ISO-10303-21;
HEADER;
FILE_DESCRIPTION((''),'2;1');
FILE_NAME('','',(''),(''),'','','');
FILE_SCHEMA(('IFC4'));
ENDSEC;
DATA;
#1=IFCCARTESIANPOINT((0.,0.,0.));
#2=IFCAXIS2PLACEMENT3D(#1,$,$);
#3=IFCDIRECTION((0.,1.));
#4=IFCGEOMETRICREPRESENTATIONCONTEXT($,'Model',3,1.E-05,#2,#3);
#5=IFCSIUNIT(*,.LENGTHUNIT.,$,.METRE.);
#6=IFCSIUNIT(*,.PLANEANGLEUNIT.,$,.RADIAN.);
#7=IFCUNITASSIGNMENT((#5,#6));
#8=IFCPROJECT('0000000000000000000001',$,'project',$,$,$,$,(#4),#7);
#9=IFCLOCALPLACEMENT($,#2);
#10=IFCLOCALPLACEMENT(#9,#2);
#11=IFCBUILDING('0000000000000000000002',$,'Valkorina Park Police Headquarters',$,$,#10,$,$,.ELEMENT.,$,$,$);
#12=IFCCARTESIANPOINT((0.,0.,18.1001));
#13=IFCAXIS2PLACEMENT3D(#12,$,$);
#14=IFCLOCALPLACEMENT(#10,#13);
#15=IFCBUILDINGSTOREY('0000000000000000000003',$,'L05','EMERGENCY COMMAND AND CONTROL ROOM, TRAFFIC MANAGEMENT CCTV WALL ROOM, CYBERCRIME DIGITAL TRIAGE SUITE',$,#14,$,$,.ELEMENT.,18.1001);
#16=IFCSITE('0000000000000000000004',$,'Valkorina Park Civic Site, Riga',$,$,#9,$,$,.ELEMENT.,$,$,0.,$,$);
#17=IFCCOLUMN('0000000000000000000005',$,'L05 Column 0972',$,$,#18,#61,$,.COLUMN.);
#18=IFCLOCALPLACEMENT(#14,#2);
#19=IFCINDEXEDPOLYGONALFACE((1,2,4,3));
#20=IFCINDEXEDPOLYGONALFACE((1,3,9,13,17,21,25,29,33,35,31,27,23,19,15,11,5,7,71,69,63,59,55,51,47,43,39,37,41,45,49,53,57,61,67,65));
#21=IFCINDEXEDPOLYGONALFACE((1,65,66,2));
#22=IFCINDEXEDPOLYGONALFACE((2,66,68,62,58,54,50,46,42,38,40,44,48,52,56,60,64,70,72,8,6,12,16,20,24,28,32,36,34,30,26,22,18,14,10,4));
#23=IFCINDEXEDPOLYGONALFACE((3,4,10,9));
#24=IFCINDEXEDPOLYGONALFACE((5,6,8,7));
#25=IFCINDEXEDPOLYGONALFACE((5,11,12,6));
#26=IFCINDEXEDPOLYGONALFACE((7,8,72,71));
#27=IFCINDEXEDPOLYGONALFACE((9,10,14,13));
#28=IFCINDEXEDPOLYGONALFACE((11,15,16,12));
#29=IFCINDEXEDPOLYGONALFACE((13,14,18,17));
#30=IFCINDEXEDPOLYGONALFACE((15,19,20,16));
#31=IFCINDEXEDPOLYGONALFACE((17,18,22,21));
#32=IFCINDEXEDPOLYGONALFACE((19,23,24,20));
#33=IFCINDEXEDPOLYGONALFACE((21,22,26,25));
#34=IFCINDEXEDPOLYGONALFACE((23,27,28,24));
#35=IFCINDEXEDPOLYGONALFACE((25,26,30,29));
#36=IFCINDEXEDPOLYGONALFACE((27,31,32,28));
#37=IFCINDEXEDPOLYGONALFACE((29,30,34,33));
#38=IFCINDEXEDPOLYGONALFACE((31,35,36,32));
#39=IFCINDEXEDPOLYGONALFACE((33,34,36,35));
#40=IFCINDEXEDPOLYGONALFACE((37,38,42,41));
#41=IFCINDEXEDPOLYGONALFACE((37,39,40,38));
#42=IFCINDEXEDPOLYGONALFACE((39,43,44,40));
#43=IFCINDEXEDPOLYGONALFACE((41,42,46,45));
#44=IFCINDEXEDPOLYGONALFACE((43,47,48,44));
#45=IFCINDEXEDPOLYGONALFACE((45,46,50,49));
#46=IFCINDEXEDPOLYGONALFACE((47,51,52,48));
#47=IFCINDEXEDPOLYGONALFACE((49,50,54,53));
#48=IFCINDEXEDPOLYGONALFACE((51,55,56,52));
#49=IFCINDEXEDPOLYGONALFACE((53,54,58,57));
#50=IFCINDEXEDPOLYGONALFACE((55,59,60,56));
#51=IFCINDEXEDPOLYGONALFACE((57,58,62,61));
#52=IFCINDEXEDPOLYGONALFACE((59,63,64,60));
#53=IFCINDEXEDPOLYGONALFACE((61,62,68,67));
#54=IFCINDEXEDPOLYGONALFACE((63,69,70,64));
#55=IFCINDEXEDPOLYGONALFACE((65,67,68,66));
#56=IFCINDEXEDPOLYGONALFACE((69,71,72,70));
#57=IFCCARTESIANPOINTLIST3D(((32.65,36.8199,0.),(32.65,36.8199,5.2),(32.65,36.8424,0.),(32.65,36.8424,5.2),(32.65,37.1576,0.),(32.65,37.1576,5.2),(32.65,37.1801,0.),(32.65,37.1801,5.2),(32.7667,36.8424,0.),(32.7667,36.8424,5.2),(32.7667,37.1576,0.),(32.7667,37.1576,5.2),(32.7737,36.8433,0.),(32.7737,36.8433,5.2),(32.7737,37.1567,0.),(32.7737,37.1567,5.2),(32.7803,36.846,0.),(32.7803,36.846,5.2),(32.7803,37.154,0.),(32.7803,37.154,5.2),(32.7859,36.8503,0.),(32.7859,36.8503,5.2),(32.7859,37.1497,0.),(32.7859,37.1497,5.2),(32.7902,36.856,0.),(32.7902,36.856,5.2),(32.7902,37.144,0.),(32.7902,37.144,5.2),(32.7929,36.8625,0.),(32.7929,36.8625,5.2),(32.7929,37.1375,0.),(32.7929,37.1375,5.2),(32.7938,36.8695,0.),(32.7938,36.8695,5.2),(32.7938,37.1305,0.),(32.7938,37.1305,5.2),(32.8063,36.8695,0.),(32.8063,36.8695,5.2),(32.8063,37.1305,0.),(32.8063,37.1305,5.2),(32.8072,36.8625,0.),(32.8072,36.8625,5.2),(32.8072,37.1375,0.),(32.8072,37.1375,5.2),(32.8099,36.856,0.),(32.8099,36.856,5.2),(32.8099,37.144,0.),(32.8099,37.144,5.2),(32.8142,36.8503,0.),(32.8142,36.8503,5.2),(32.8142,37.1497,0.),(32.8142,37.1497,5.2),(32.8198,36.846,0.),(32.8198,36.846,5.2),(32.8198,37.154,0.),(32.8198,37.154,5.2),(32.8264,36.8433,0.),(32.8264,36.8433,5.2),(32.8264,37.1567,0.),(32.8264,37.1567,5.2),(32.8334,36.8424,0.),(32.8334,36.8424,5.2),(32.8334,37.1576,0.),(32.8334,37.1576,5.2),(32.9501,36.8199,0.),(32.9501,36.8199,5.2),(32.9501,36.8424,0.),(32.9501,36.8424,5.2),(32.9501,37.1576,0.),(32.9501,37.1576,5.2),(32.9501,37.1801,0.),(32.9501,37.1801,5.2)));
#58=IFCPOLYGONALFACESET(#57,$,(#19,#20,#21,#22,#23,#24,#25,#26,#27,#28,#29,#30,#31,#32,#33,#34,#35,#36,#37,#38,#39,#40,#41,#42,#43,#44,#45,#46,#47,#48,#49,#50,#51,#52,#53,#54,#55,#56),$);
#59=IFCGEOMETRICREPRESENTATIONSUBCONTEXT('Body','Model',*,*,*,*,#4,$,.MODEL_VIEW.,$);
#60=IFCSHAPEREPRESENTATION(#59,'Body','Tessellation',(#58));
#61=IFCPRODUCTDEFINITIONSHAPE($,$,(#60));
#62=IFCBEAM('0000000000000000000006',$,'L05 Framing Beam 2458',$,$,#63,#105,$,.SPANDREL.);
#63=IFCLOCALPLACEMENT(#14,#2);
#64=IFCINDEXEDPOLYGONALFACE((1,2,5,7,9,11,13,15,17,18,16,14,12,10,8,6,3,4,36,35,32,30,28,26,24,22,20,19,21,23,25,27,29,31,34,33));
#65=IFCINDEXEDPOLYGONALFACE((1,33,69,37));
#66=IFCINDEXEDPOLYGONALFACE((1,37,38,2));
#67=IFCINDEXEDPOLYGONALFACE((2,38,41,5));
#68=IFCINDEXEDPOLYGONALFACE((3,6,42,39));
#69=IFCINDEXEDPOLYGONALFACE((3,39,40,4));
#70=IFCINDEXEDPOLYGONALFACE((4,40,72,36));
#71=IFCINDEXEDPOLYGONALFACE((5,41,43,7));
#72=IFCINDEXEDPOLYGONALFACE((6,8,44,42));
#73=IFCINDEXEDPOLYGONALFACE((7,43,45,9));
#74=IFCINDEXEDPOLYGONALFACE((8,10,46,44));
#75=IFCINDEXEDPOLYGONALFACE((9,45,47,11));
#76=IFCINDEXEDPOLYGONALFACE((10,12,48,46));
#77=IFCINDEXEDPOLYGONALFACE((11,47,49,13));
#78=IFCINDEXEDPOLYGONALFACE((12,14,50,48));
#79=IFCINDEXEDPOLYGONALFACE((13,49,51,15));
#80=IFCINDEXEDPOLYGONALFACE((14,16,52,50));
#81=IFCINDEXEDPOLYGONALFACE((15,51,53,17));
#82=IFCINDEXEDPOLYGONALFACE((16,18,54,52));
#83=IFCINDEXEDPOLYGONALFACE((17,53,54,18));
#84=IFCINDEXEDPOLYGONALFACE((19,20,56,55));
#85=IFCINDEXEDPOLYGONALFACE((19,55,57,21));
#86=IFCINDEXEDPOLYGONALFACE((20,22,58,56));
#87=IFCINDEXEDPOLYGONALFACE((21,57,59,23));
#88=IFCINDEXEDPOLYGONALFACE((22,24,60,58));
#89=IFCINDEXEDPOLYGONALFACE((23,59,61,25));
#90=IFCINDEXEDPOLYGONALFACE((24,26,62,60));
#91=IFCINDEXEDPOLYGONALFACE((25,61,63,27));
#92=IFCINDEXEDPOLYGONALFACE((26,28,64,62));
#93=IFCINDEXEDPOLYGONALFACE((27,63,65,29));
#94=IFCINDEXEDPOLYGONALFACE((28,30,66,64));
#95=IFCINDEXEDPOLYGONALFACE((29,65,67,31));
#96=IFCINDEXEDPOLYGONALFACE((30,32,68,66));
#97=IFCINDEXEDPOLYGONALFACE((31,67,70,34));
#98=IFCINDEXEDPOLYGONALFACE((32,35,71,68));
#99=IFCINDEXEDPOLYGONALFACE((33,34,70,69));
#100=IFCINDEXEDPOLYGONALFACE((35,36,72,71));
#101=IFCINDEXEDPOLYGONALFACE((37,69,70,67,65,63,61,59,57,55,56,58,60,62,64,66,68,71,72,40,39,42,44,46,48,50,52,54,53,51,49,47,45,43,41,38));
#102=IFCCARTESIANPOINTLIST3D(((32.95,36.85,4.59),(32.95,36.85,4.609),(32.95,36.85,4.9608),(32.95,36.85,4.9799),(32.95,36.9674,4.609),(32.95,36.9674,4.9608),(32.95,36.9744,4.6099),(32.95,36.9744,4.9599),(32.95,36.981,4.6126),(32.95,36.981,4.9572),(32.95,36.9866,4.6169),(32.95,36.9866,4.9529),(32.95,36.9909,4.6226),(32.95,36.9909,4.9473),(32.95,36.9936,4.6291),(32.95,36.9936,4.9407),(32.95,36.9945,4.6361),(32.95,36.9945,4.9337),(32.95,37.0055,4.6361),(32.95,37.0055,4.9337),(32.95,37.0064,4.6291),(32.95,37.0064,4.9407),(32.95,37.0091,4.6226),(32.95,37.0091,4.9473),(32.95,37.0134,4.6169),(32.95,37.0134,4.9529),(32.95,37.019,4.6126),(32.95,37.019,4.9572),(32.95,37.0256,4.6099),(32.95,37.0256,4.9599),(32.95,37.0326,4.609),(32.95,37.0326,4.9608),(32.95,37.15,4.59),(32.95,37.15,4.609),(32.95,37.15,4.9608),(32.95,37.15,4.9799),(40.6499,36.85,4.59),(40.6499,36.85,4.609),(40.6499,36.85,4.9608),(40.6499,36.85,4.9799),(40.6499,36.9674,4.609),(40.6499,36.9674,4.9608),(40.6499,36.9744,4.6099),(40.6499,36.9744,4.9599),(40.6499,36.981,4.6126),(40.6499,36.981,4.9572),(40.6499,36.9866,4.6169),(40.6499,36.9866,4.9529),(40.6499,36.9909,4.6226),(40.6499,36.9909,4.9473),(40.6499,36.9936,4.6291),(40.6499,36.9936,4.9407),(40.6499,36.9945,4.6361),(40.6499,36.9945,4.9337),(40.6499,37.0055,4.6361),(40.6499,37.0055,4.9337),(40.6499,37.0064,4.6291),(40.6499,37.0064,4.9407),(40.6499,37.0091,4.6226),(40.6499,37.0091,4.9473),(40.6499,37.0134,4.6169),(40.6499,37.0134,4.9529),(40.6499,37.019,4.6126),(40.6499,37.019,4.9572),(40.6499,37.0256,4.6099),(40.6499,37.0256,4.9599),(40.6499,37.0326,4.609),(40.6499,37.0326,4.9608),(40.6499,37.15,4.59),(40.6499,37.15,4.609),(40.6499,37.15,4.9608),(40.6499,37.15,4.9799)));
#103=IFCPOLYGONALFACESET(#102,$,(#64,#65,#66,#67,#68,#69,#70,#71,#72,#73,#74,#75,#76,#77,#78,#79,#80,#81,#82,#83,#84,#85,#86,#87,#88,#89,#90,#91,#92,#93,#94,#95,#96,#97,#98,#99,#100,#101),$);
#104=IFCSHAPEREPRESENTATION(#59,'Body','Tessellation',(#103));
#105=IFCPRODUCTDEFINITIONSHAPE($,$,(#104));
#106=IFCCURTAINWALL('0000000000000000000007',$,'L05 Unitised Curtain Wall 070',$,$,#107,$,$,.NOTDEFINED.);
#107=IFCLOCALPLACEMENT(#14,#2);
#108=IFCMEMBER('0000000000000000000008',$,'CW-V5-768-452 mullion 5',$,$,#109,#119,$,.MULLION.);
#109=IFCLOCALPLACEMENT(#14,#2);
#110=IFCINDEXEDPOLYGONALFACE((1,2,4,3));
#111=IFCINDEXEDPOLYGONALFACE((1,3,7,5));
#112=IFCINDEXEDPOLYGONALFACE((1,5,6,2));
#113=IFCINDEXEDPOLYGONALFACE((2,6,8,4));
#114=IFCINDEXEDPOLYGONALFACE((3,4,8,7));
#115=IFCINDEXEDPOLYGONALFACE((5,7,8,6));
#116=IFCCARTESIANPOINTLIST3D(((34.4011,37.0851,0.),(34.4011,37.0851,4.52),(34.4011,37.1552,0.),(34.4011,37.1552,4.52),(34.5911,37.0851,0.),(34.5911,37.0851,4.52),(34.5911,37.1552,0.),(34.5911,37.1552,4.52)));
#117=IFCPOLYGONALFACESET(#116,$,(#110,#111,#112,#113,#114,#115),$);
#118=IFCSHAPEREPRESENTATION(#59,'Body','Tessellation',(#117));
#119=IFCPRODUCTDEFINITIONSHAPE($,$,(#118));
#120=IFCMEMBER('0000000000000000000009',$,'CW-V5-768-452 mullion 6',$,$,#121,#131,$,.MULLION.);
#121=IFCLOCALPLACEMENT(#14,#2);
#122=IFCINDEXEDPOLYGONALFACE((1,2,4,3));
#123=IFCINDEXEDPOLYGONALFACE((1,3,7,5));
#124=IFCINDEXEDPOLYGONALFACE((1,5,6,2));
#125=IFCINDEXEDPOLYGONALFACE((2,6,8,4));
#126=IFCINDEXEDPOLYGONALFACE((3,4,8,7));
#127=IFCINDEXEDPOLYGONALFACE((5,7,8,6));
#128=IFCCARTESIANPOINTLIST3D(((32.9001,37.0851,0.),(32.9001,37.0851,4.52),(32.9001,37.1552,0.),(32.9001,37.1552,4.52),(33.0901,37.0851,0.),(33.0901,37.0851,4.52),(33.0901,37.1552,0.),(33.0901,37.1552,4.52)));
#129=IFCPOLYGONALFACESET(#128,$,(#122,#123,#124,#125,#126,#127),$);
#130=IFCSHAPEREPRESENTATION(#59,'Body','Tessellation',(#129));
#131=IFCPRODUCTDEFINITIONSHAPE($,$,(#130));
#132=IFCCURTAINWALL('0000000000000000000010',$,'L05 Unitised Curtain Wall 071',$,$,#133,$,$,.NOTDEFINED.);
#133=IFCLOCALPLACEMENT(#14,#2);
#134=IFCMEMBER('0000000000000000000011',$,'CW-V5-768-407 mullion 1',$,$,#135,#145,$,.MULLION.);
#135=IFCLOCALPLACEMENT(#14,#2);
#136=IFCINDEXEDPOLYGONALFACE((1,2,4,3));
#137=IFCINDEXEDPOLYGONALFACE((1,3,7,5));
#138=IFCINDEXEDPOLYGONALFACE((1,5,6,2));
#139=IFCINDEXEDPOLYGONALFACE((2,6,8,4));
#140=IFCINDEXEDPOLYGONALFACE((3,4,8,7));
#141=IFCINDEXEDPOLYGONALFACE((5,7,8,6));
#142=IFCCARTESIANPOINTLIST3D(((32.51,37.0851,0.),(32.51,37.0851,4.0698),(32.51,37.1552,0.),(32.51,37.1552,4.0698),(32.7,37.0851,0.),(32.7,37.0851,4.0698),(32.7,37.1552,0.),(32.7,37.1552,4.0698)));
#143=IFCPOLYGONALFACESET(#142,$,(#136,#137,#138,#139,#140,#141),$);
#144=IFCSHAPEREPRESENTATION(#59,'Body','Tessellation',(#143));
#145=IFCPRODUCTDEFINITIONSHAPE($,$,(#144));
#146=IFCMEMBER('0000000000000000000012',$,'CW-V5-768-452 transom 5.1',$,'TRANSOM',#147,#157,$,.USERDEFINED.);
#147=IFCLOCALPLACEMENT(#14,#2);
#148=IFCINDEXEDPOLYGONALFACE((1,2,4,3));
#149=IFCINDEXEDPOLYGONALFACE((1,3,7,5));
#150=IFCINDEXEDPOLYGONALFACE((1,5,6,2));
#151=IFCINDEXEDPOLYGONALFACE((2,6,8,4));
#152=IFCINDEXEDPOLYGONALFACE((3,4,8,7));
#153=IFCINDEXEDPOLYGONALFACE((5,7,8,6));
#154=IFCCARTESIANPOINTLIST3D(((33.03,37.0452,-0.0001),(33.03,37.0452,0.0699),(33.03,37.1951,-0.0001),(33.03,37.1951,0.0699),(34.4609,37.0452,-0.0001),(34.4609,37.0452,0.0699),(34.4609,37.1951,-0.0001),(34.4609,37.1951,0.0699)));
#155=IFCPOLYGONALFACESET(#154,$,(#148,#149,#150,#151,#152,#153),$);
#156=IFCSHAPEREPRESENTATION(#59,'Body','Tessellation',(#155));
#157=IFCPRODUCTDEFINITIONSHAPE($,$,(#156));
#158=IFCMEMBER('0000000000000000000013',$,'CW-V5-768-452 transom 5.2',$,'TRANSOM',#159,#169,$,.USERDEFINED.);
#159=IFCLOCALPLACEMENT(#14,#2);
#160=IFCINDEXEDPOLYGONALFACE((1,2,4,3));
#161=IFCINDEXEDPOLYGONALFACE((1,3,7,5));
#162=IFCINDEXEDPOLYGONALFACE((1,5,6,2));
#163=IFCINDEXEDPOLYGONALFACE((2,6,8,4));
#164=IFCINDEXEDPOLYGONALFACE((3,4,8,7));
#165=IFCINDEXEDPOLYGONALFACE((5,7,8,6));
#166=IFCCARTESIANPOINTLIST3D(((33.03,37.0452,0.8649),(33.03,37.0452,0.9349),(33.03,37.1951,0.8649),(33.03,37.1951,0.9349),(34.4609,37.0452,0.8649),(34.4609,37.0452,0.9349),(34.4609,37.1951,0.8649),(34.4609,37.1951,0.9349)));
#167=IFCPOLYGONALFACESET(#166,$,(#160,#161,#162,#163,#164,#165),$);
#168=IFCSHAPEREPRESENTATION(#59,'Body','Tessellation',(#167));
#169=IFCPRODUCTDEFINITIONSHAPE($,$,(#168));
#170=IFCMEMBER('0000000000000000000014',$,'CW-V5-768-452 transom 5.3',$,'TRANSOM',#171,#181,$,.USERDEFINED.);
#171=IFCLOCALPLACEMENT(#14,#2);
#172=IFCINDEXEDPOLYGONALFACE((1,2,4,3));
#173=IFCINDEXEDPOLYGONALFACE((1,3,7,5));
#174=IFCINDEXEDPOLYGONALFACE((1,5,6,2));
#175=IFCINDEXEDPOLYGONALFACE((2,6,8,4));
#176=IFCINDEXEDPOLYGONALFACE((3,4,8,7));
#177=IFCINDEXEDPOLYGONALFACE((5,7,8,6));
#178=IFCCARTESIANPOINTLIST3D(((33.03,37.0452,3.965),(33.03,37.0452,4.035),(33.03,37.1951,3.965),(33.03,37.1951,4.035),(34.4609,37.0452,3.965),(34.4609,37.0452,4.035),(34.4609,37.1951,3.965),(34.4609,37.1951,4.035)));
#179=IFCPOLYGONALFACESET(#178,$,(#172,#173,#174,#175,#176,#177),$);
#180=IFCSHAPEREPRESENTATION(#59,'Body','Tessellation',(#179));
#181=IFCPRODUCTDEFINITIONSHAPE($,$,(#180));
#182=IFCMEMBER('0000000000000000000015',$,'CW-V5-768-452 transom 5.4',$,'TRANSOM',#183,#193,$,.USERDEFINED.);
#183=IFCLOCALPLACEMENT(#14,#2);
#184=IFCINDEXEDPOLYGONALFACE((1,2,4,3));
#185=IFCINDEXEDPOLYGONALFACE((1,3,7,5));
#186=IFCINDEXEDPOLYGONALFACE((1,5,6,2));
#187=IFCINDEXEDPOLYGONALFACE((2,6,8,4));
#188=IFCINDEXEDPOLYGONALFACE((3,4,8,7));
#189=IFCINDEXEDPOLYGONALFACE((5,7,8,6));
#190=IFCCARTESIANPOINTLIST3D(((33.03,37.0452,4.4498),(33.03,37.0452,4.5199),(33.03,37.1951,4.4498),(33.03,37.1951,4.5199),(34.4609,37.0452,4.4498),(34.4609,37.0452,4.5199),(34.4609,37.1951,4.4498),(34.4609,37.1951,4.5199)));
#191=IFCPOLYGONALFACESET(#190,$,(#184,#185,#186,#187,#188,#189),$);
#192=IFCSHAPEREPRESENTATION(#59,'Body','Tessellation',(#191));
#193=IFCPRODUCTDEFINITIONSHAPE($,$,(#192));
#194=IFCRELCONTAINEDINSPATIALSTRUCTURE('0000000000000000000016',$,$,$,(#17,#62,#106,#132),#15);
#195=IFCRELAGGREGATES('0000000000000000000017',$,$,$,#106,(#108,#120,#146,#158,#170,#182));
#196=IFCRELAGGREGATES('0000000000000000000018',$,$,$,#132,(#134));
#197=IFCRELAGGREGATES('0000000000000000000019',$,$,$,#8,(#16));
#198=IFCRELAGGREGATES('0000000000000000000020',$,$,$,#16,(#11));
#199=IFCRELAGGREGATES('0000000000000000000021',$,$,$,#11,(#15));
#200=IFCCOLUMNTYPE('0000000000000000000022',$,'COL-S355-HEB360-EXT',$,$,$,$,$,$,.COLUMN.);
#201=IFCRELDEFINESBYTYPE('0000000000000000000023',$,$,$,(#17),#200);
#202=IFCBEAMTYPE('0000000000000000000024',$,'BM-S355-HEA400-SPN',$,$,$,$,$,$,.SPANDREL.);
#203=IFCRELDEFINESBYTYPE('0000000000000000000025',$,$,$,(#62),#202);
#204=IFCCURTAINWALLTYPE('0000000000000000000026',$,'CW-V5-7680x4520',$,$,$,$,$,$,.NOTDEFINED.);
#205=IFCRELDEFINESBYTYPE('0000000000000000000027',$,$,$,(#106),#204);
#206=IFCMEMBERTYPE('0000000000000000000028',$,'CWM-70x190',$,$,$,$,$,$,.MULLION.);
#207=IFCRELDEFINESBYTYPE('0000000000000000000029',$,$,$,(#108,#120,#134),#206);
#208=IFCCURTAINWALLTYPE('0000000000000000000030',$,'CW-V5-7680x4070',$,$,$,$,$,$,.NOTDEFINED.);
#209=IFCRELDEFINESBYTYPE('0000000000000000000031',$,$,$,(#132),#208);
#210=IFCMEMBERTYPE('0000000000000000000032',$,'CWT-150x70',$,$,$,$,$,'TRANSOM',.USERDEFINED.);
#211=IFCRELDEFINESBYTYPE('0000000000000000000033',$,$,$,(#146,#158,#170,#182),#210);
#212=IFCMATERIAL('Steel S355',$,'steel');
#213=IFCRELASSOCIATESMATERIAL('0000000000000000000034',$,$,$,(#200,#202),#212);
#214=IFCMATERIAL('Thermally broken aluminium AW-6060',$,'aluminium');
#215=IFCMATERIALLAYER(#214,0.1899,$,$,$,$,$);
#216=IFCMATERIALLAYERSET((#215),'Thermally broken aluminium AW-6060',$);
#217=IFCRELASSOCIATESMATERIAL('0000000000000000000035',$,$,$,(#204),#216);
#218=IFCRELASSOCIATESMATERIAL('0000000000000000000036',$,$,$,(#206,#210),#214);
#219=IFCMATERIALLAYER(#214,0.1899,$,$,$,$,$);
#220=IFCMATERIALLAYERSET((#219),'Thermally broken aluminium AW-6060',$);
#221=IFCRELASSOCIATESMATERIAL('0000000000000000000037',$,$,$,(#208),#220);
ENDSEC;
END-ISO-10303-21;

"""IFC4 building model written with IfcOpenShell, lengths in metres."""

from ifc_helpers import new_model, si_unit, direction, frame, origin, origin_2d, place, context, subcontext, project, spatial, rectangle, i_section, extrude, material, layer, layer_set, material_profile, profile_set, type_object, element, aggregate, save


model = new_model("IFC4")

# Units and contexts
model_context = context("Model", 3, precision=1e-05, world=origin(), true_north=direction((0.0, 1.0)))
body_context = subcontext(model_context, "Body", "Model", "MODEL_VIEW")
ifc_project = project(units=[si_unit("LENGTHUNIT", "METRE"), si_unit("PLANEANGLEUNIT", "RADIAN")], contexts=[model_context])

# Site, building, storey
site_placement = place(None, origin())
site = spatial("IfcSite", under=ifc_project, at=site_placement, Name="Valkorina Park Civic Site, Riga", CompositionType="ELEMENT", RefElevation=0.0)
building_placement = place(site_placement, origin())
building = spatial("IfcBuilding", under=site, at=building_placement, Name="Valkorina Park Police Headquarters", CompositionType="ELEMENT")
storey_placement = place(building_placement, frame((0.0, 0.0, 18.1001)))
storey = spatial("IfcBuildingStorey", under=building, at=storey_placement, Name="L05", Description="EMERGENCY COMMAND AND CONTROL ROOM, TRAFFIC MANAGEMENT CCTV WALL ROOM, CYBERCRIME DIGITAL TRIAGE SUITE", CompositionType="ELEMENT", Elevation=18.1001)

# Column
ifc_material_1 = material(Name="Steel S355", Category="steel")
ifc_material_profile_1 = material_profile(ifc_material_1, i_section(OverallWidth=0.3, OverallDepth=0.3601, WebThickness=0.0125, FlangeThickness=0.0225, FilletRadius=0.0271, at=origin_2d()), Name="HEB 360")
ifc_profile_set_1 = profile_set([ifc_material_profile_1], Name="Steel S355")
column_type = type_object("IfcColumnType", Name="COL-S355-HEB360-EXT", PredefinedType="COLUMN", material=ifc_profile_set_1)
column_placement = place(storey_placement, frame((32.8, 37.0, 0.0), z_axis=(0.0, 0.0, 1.0), x_axis=(1.0, 0.0, 0.0)))
element("IfcColumn", 1, at=column_placement, inside=storey, type_object=column_type, Name="L05 Column 0972", PredefinedType="COLUMN", context=body_context, shape_type="SweptSolid", body=[
    extrude(i_section(OverallWidth=0.3, OverallDepth=0.3601, WebThickness=0.0125, FlangeThickness=0.0225, FilletRadius=0.0271, at=origin_2d()), origin(), (0.0, 0.0, 1.0), 5.2),
])

# Beam
ifc_material_profile_2 = material_profile(ifc_material_1, i_section(OverallWidth=0.3, OverallDepth=0.3899, WebThickness=0.011, FlangeThickness=0.019, FilletRadius=0.0271, at=origin_2d()), Name="HEA 400")
ifc_profile_set_2 = profile_set([ifc_material_profile_2], Name="Steel S355")
beam_type = type_object("IfcBeamType", Name="BM-S355-HEA400-SPN", PredefinedType="SPANDREL", material=ifc_profile_set_2)
beam_placement = place(storey_placement, frame((32.95, 37.0, 4.7849), z_axis=(1.0, 0.0, 0.0), x_axis=(0.0, 1.0, 0.0)))
element("IfcBeam", 2, at=beam_placement, inside=storey, type_object=beam_type, Name="L05 Framing Beam 2458", PredefinedType="SPANDREL", context=body_context, shape_type="SweptSolid", body=[
    extrude(i_section(OverallWidth=0.3, OverallDepth=0.3899, WebThickness=0.011, FlangeThickness=0.019, FilletRadius=0.0271, at=origin_2d()), origin(), (0.0, 0.0, 1.0), 7.7),
])

# Curtain wall, members
ifc_material_2 = material(Name="Thermally broken aluminium AW-6060", Category="aluminium")
ifc_layer_1 = layer(ifc_material_2, 0.1899)
ifc_layer_set_1 = layer_set([ifc_layer_1], Name="Thermally broken aluminium AW-6060")
curtain_wall_type_1 = type_object("IfcCurtainWallType", Name="CW-V5-7680x4520", PredefinedType="NOTDEFINED", material=ifc_layer_set_1)
curtain_wall_1_placement = place(storey_placement, origin())
curtain_wall_1 = element("IfcCurtainWall", 3, at=curtain_wall_1_placement, inside=storey, type_object=curtain_wall_type_1, Name="L05 Unitised Curtain Wall 070", PredefinedType="NOTDEFINED")
ifc_material_profile_3 = material_profile(ifc_material_2, rectangle(XDim=0.0701, YDim=0.1899, at=origin_2d()), Name="CWM-02 70x190")
ifc_profile_set_3 = profile_set([ifc_material_profile_3], Name="Thermally broken aluminium AW-6060")
member_type_1 = type_object("IfcMemberType", Name="CWM-70x190", PredefinedType="MULLION", material=ifc_profile_set_3)
member_1_placement = place(storey_placement, frame((34.4961, 37.1201, 0.0), z_axis=(0.0, 0.0, 1.0), x_axis=(0.0, -1.0, 0.0)))
member_1 = element("IfcMember", 4, at=member_1_placement, type_object=member_type_1, Name="CW-V5-768-452 mullion 5", PredefinedType="MULLION", context=body_context, shape_type="SweptSolid", body=[
    extrude(rectangle(XDim=0.0701, YDim=0.1899, at=origin_2d()), origin(), (0.0, 0.0, 1.0), 4.52),
])
member_2_placement = place(storey_placement, frame((32.9951, 37.1201, 0.0), z_axis=(0.0, 0.0, 1.0), x_axis=(0.0, -1.0, 0.0)))
member_2 = element("IfcMember", 5, at=member_2_placement, type_object=member_type_1, Name="CW-V5-768-452 mullion 6", PredefinedType="MULLION", context=body_context, shape_type="SweptSolid", body=[
    extrude(rectangle(XDim=0.0701, YDim=0.1899, at=origin_2d()), origin(), (0.0, 0.0, 1.0), 4.52),
])

# Curtain wall, member
ifc_layer_2 = layer(ifc_material_2, 0.1899)
ifc_layer_set_2 = layer_set([ifc_layer_2], Name="Thermally broken aluminium AW-6060")
curtain_wall_type_2 = type_object("IfcCurtainWallType", Name="CW-V5-7680x4070", PredefinedType="NOTDEFINED", material=ifc_layer_set_2)
curtain_wall_2_placement = place(storey_placement, origin())
curtain_wall_2 = element("IfcCurtainWall", 6, at=curtain_wall_2_placement, inside=storey, type_object=curtain_wall_type_2, Name="L05 Unitised Curtain Wall 071", PredefinedType="NOTDEFINED")
member_3_placement = place(storey_placement, frame((32.605, 37.1201, 0.0), z_axis=(0.0, 0.0, 1.0), x_axis=(0.0, -1.0, 0.0)))
member_3 = element("IfcMember", 7, at=member_3_placement, type_object=member_type_1, Name="CW-V5-768-407 mullion 1", PredefinedType="MULLION", context=body_context, shape_type="SweptSolid", body=[
    extrude(rectangle(XDim=0.0701, YDim=0.1899, at=origin_2d()), origin(), (0.0, 0.0, 1.0), 4.0698),
])

# Members
ifc_material_profile_4 = material_profile(ifc_material_2, rectangle(XDim=0.1499, YDim=0.0701, at=origin_2d()), Name="CWT-02 150x70")
ifc_profile_set_4 = profile_set([ifc_material_profile_4], Name="Thermally broken aluminium AW-6060")
member_type_2 = type_object("IfcMemberType", Name="CWT-150x70", ElementType="TRANSOM", PredefinedType="USERDEFINED", material=ifc_profile_set_4)
member_4_placement = place(storey_placement, frame((34.4609, 37.1201, 0.0349), z_axis=(-1.0, 0.0, 0.0), x_axis=(0.0, -1.0, 0.0)))
member_4 = element("IfcMember", 8, at=member_4_placement, type_object=member_type_2, Name="CW-V5-768-452 transom 5.1", ObjectType="TRANSOM", PredefinedType="USERDEFINED", context=body_context, shape_type="SweptSolid", body=[
    extrude(rectangle(XDim=0.1499, YDim=0.0701, at=origin_2d()), origin(), (0.0, 0.0, 1.0), 1.4309),
])
member_5_placement = place(storey_placement, frame((34.4609, 37.1201, 0.8999), z_axis=(-1.0, 0.0, 0.0), x_axis=(0.0, -1.0, 0.0)))
member_5 = element("IfcMember", 9, at=member_5_placement, type_object=member_type_2, Name="CW-V5-768-452 transom 5.2", ObjectType="TRANSOM", PredefinedType="USERDEFINED", context=body_context, shape_type="SweptSolid", body=[
    extrude(rectangle(XDim=0.1499, YDim=0.0701, at=origin_2d()), origin(), (0.0, 0.0, 1.0), 1.4309),
])
member_6_placement = place(storey_placement, frame((34.4609, 37.1201, 4.0), z_axis=(-1.0, 0.0, 0.0), x_axis=(0.0, -1.0, 0.0)))
member_6 = element("IfcMember", 10, at=member_6_placement, type_object=member_type_2, Name="CW-V5-768-452 transom 5.3", ObjectType="TRANSOM", PredefinedType="USERDEFINED", context=body_context, shape_type="SweptSolid", body=[
    extrude(rectangle(XDim=0.1499, YDim=0.0701, at=origin_2d()), origin(), (0.0, 0.0, 1.0), 1.4309),
])
member_7_placement = place(storey_placement, frame((34.4609, 37.1201, 4.4849), z_axis=(-1.0, 0.0, 0.0), x_axis=(0.0, -1.0, 0.0)))
member_7 = element("IfcMember", 11, at=member_7_placement, type_object=member_type_2, Name="CW-V5-768-452 transom 5.4", ObjectType="TRANSOM", PredefinedType="USERDEFINED", context=body_context, shape_type="SweptSolid", body=[
    extrude(rectangle(XDim=0.1499, YDim=0.0701, at=origin_2d()), origin(), (0.0, 0.0, 1.0), 1.4309),
])

aggregate(curtain_wall_1, [member_1, member_2, member_4, member_5, member_6, member_7])
aggregate(curtain_wall_2, [member_3])

save(model, "model.ifc")
